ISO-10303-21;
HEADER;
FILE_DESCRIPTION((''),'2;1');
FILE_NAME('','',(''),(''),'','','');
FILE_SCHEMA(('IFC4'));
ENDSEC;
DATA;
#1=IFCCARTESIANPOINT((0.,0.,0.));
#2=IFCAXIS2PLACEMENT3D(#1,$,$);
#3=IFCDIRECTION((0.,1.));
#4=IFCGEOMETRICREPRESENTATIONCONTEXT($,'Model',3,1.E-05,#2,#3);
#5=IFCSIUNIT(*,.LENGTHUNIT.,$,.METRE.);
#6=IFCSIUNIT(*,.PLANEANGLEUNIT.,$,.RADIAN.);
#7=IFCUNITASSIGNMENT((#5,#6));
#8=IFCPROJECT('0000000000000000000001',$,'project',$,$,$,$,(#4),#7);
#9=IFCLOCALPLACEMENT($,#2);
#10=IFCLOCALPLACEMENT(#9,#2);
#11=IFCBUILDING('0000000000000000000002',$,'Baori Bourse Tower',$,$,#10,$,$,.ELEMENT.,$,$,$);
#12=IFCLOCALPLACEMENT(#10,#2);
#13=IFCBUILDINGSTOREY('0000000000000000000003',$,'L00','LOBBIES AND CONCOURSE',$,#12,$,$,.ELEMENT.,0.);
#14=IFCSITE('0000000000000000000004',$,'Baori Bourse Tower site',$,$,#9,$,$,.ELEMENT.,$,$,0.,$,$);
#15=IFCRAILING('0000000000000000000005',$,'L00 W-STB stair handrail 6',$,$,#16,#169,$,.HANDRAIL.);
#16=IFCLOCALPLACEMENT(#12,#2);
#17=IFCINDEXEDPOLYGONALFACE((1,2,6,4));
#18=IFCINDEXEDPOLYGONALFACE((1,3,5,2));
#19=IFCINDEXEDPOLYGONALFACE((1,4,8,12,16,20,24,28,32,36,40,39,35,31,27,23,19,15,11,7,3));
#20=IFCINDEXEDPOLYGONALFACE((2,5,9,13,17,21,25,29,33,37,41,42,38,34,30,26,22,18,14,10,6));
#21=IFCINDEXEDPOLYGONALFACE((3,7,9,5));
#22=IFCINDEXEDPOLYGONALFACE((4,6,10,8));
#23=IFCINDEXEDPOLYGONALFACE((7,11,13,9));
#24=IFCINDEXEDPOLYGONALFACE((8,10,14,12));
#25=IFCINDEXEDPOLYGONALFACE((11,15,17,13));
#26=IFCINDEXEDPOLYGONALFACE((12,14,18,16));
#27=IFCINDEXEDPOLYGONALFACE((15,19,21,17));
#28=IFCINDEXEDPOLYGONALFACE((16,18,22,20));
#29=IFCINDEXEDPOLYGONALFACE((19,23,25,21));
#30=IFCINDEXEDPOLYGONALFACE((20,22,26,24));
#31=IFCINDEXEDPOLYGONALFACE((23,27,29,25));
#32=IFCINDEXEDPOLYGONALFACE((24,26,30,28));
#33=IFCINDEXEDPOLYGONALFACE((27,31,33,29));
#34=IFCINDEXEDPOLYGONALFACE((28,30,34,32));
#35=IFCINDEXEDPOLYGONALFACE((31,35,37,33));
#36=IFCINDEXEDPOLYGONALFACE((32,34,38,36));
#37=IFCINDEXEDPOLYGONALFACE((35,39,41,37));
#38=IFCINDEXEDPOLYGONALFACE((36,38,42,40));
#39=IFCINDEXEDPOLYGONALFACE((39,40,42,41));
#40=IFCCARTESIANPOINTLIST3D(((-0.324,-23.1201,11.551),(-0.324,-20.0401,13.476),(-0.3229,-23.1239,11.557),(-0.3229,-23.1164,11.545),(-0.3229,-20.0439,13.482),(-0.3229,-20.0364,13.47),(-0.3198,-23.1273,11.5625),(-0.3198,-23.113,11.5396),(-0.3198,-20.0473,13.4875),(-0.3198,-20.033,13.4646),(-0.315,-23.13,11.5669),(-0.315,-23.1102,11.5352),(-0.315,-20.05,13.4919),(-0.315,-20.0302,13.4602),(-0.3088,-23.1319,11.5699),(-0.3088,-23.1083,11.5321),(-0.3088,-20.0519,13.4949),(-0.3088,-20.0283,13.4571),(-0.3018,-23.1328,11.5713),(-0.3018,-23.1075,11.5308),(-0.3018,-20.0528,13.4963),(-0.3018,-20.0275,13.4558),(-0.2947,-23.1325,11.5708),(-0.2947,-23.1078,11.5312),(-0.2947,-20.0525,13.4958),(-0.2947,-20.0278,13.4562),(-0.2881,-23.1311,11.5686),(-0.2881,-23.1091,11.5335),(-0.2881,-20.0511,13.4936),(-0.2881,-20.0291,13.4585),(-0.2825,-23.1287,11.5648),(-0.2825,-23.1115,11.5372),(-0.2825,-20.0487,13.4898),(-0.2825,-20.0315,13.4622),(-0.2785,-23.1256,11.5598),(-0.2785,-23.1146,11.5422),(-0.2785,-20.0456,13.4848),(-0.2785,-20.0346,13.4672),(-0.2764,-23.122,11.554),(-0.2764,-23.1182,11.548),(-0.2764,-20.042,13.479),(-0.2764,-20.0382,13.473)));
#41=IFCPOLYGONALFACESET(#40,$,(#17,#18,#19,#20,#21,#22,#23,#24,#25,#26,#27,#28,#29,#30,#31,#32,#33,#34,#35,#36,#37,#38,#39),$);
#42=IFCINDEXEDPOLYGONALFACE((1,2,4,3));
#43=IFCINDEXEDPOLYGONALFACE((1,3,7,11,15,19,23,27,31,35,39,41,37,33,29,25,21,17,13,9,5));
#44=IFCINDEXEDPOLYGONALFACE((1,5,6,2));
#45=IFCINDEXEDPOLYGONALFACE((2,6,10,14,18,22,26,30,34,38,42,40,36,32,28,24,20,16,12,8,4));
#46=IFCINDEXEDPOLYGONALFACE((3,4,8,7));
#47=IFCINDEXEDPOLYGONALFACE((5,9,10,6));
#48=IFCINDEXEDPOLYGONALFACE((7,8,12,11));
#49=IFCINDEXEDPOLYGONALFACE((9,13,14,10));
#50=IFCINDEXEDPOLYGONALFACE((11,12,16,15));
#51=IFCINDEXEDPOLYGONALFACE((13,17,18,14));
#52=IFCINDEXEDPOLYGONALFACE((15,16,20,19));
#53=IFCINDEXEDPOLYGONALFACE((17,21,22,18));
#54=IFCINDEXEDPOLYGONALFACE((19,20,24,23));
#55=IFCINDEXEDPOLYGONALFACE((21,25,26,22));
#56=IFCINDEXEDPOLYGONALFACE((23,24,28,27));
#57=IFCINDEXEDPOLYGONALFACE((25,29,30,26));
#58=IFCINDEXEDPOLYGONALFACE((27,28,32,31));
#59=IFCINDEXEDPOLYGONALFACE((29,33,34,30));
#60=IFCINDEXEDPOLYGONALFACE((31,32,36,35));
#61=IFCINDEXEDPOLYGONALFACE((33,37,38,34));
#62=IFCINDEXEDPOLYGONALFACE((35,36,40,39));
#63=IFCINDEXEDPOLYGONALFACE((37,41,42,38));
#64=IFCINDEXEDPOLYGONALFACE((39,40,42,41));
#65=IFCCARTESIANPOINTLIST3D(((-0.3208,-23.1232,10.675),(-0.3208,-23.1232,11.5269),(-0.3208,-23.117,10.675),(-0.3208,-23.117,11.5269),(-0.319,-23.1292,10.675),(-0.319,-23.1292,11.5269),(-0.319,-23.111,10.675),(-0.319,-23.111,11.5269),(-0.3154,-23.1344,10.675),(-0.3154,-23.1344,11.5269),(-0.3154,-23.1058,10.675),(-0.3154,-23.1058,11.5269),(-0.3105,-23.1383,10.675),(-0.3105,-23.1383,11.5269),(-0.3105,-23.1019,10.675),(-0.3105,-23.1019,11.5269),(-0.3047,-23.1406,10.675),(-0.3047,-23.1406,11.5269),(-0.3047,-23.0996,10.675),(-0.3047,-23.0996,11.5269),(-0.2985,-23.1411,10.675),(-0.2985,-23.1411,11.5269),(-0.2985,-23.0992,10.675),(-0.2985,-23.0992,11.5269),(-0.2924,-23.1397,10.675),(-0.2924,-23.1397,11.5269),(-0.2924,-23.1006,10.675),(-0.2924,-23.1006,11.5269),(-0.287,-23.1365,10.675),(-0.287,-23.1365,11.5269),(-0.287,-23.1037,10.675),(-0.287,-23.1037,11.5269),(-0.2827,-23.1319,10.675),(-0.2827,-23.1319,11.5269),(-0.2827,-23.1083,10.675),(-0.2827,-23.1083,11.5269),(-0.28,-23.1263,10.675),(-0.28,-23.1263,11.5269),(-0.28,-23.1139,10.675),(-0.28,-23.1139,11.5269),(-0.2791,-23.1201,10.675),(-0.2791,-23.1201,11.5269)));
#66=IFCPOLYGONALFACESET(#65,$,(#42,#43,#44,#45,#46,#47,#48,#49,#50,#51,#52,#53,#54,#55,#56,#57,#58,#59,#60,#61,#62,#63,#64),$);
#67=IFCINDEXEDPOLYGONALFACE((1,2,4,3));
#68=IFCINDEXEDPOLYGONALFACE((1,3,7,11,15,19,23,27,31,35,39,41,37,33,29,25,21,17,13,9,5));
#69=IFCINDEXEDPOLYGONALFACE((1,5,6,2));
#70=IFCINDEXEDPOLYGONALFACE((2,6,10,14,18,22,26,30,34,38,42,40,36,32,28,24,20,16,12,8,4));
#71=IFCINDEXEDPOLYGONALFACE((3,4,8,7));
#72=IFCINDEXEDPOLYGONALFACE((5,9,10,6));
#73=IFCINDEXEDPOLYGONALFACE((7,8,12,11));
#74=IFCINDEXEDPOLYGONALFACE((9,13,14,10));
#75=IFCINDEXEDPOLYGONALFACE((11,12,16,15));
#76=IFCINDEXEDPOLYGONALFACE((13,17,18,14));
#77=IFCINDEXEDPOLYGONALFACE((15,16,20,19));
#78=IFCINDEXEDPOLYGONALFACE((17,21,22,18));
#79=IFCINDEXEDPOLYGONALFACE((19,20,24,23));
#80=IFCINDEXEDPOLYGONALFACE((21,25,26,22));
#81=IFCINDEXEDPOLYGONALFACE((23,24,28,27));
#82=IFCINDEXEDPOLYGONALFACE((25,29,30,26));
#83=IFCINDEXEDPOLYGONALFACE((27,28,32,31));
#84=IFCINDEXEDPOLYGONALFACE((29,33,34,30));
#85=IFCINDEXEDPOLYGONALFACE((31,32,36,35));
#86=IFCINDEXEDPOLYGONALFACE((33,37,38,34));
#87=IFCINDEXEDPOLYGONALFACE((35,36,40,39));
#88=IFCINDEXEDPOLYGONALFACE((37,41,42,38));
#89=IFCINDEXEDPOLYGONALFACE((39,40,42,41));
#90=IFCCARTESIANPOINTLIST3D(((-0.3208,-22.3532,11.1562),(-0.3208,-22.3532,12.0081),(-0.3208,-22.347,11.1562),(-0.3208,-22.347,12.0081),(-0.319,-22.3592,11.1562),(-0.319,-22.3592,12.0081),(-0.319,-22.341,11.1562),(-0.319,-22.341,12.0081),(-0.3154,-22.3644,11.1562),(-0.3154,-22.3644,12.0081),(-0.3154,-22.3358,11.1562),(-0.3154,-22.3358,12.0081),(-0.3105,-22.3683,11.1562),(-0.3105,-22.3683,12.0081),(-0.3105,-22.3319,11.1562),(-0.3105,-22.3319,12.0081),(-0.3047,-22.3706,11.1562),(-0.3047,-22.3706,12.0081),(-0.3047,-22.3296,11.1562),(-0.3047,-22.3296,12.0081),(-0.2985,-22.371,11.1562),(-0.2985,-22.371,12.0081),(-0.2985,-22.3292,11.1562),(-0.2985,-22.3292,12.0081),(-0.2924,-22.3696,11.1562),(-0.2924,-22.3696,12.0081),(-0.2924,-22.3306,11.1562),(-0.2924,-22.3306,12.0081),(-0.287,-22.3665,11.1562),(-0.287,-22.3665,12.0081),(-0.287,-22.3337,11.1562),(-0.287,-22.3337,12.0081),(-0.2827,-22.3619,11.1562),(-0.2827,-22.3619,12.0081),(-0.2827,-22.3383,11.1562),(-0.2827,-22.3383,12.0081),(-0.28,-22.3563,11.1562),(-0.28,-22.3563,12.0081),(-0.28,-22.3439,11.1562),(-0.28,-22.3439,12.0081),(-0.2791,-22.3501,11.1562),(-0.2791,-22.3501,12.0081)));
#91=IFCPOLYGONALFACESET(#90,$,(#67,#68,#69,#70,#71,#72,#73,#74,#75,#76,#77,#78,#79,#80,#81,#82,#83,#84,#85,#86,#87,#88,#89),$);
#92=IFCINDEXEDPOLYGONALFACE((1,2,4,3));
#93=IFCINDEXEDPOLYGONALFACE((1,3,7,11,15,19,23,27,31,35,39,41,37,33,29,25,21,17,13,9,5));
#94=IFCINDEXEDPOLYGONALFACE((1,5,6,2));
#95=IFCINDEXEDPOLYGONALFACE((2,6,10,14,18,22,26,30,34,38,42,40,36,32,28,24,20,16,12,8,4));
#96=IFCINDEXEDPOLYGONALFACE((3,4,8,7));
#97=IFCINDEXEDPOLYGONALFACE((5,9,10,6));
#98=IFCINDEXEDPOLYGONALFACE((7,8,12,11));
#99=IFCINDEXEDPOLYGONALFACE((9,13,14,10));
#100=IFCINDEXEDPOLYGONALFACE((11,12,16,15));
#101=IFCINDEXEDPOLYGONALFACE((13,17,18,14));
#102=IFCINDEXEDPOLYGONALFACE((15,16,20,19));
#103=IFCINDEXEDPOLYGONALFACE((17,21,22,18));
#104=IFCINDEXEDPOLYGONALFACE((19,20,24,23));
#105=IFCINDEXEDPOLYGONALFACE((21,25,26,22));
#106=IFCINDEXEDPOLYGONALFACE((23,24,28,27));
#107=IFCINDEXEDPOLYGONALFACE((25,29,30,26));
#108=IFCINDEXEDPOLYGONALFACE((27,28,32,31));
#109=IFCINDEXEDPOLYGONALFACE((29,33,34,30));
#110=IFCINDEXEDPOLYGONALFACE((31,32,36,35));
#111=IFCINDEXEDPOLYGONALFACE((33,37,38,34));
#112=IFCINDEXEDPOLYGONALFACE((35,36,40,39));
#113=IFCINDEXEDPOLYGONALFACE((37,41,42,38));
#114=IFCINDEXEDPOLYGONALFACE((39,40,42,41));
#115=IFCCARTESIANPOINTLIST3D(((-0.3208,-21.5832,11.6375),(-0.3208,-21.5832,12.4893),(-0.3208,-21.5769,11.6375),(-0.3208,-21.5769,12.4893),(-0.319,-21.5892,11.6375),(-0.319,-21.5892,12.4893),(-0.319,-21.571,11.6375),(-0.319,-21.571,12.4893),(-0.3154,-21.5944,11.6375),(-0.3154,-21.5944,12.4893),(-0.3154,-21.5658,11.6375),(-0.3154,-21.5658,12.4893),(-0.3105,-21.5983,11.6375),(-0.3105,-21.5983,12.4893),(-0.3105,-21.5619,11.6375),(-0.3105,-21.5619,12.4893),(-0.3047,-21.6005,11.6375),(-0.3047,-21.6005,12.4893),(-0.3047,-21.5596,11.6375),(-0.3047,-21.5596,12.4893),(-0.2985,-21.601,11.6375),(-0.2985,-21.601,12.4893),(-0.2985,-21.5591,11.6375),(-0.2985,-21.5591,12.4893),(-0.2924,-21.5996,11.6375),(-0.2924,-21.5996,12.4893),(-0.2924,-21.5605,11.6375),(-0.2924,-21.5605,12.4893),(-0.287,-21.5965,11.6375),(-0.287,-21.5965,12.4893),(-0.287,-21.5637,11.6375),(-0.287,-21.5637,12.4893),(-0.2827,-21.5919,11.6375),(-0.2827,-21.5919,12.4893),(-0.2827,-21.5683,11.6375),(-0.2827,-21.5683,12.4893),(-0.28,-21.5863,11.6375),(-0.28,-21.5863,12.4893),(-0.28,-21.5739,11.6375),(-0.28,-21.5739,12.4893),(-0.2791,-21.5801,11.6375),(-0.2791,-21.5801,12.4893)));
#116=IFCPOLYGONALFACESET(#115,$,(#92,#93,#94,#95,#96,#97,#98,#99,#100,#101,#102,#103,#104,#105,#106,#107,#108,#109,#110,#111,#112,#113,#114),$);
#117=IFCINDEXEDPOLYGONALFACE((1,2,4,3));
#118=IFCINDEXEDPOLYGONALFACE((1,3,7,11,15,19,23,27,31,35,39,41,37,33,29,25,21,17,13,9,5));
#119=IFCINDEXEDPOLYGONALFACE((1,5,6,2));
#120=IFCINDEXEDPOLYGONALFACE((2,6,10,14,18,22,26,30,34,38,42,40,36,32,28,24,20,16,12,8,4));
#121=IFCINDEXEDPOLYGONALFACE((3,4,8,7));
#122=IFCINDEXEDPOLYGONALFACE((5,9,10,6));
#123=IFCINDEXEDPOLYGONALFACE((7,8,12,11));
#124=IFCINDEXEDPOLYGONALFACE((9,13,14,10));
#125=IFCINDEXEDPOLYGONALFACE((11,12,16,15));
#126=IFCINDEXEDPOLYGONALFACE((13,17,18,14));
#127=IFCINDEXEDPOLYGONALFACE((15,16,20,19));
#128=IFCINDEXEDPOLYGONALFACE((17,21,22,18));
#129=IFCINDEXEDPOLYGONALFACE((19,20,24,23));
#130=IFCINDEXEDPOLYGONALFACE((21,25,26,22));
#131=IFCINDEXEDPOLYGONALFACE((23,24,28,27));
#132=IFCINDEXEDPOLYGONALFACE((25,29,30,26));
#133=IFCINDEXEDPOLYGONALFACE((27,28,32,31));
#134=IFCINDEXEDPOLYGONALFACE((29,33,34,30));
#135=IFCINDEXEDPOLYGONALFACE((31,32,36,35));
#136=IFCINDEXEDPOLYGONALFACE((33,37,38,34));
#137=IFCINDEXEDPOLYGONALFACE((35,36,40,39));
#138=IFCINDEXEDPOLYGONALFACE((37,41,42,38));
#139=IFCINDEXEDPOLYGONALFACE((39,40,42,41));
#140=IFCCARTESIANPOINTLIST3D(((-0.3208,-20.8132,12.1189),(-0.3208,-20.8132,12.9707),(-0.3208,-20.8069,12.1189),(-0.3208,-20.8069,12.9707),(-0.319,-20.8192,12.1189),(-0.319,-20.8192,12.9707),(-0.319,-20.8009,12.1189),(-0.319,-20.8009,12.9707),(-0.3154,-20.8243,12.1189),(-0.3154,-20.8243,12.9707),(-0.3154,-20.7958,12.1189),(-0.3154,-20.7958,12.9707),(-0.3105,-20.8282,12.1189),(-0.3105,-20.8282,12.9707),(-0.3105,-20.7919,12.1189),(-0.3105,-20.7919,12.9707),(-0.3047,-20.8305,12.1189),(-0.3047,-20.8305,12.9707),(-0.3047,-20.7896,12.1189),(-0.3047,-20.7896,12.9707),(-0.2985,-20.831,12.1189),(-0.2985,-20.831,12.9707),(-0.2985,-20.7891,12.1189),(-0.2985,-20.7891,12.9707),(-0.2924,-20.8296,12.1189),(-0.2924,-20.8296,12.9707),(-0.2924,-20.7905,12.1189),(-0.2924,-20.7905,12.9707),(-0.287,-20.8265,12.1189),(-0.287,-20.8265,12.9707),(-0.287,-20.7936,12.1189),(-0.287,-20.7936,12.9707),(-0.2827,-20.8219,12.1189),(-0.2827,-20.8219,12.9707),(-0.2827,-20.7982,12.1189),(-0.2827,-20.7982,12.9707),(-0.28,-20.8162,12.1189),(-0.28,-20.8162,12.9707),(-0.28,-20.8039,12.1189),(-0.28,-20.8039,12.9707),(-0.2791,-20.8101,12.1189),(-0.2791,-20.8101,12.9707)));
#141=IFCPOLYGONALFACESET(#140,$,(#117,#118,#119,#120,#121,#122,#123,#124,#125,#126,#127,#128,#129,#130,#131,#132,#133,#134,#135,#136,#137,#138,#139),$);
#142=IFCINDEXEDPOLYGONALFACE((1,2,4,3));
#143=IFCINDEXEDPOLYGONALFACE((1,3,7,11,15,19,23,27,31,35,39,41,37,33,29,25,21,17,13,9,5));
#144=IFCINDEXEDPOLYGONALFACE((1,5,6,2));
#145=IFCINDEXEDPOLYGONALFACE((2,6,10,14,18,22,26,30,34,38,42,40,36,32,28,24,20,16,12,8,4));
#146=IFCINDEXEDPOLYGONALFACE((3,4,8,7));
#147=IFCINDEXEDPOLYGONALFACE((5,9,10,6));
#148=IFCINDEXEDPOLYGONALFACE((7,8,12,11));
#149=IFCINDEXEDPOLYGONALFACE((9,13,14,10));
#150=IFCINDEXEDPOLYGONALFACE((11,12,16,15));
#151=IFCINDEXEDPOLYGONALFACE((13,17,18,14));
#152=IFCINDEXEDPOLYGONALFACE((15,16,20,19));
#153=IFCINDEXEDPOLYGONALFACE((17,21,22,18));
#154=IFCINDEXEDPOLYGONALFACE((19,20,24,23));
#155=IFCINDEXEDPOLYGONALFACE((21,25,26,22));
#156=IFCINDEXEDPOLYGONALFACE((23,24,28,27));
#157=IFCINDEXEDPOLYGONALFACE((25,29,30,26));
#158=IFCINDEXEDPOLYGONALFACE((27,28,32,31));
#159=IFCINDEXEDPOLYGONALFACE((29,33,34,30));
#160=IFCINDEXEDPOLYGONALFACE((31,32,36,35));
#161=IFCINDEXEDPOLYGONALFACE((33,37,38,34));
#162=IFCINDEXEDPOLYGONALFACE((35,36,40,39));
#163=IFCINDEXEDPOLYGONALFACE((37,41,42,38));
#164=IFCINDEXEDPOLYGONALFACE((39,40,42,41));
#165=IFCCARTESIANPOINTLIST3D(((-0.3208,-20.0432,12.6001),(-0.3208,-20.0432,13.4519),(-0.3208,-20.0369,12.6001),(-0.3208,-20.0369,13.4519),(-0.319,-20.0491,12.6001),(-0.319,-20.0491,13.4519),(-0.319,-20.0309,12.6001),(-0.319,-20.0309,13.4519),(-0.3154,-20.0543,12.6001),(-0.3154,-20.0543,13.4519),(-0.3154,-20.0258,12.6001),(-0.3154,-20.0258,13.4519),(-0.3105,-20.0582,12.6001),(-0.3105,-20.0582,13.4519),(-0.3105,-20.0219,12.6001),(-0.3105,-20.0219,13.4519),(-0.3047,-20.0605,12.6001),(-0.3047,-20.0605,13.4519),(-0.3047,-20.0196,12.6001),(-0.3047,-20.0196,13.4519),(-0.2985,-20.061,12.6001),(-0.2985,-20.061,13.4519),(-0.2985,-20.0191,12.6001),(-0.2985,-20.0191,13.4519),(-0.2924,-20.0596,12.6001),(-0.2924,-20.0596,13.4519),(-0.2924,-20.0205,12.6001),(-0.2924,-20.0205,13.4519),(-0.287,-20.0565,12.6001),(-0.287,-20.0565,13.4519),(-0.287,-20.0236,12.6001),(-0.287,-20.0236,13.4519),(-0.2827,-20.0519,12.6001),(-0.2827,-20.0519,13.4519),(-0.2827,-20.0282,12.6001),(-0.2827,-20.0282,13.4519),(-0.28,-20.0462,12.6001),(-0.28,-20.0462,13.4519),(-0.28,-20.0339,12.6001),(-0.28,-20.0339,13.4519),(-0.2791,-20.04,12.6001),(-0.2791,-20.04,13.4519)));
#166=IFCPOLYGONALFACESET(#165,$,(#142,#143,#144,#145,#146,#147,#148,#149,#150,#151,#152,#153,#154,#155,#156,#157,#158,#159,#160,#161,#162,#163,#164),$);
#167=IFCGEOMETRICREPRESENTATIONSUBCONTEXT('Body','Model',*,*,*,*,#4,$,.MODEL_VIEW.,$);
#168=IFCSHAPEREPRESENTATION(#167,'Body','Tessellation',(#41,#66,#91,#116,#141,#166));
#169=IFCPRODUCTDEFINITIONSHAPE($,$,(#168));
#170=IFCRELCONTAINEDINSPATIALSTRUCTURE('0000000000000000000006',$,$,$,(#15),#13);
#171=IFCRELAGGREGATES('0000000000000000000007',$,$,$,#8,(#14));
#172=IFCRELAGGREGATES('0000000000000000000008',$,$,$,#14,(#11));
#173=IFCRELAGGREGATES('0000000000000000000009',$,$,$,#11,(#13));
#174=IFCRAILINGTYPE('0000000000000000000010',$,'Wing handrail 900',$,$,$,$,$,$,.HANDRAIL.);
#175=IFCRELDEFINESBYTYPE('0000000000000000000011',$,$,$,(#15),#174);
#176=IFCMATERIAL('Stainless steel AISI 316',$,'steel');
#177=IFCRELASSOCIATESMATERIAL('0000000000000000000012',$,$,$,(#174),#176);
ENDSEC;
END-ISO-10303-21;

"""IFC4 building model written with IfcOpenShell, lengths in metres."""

from ifc_helpers import new_model, si_unit, direction, frame, origin, origin_2d, place, context, subcontext, project, spatial, circle, extrude, material, type_object, element, save


model = new_model("IFC4")

# Units and contexts
model_context = context("Model", 3, precision=1e-05, world=origin(), true_north=direction((0.0, 1.0)))
body_context = subcontext(model_context, "Body", "Model", "MODEL_VIEW")
ifc_project = project(units=[si_unit("LENGTHUNIT", "METRE"), si_unit("PLANEANGLEUNIT", "RADIAN")], contexts=[model_context])

# Site, building, storey
site_placement = place(None, origin())
site = spatial("IfcSite", under=ifc_project, at=site_placement, Name="Baori Bourse Tower site", CompositionType="ELEMENT", RefElevation=0.0)
building_placement = place(site_placement, origin())
building = spatial("IfcBuilding", under=site, at=building_placement, Name="Baori Bourse Tower", CompositionType="ELEMENT")
storey_placement = place(building_placement, origin())
storey = spatial("IfcBuildingStorey", under=building, at=storey_placement, Name="L00", Description="LOBBIES AND CONCOURSE", CompositionType="ELEMENT", Elevation=0.0)

# Railing
ifc_material_1 = material(Name="Stainless steel AISI 316", Category="steel")
railing_type_1 = type_object("IfcRailingType", Name="Wing handrail 900", PredefinedType="HANDRAIL", material=ifc_material_1)
railing_1_placement = place(storey_placement, frame((-0.3, -23.1201, 10.675)))
element("IfcRailing", 1, at=railing_1_placement, inside=storey, type_object=railing_type_1, Name="L00 W-STB stair handrail 6", PredefinedType="HANDRAIL", context=body_context, shape_type="SweptSolid", body=[
    extrude(circle(Radius=0.0239, at=origin_2d()), frame((0.0, 0.0, 0.876), z_axis=(0.0, 0.847998, 0.529999), x_axis=(-1.0, 0.0, 0.0)), (0.0, 0.0, 1.0), 3.6321),
    extrude(circle(Radius=0.021, at=origin_2d()), origin(), (0.0, 0.0, 1.0), 0.8518),
    extrude(circle(Radius=0.021, at=origin_2d()), frame((0.0, 0.77, 0.4812)), (0.0, 0.0, 1.0), 0.8518),
    extrude(circle(Radius=0.021, at=origin_2d()), frame((0.0, 1.54, 0.9624)), (0.0, 0.0, 1.0), 0.8518),
    extrude(circle(Radius=0.021, at=origin_2d()), frame((0.0, 2.3101, 1.4438)), (0.0, 0.0, 1.0), 0.8518),
    extrude(circle(Radius=0.021, at=origin_2d()), frame((0.0, 3.0801, 1.925)), (0.0, 0.0, 1.0), 0.8518),
])

save(model, "model.ifc")
